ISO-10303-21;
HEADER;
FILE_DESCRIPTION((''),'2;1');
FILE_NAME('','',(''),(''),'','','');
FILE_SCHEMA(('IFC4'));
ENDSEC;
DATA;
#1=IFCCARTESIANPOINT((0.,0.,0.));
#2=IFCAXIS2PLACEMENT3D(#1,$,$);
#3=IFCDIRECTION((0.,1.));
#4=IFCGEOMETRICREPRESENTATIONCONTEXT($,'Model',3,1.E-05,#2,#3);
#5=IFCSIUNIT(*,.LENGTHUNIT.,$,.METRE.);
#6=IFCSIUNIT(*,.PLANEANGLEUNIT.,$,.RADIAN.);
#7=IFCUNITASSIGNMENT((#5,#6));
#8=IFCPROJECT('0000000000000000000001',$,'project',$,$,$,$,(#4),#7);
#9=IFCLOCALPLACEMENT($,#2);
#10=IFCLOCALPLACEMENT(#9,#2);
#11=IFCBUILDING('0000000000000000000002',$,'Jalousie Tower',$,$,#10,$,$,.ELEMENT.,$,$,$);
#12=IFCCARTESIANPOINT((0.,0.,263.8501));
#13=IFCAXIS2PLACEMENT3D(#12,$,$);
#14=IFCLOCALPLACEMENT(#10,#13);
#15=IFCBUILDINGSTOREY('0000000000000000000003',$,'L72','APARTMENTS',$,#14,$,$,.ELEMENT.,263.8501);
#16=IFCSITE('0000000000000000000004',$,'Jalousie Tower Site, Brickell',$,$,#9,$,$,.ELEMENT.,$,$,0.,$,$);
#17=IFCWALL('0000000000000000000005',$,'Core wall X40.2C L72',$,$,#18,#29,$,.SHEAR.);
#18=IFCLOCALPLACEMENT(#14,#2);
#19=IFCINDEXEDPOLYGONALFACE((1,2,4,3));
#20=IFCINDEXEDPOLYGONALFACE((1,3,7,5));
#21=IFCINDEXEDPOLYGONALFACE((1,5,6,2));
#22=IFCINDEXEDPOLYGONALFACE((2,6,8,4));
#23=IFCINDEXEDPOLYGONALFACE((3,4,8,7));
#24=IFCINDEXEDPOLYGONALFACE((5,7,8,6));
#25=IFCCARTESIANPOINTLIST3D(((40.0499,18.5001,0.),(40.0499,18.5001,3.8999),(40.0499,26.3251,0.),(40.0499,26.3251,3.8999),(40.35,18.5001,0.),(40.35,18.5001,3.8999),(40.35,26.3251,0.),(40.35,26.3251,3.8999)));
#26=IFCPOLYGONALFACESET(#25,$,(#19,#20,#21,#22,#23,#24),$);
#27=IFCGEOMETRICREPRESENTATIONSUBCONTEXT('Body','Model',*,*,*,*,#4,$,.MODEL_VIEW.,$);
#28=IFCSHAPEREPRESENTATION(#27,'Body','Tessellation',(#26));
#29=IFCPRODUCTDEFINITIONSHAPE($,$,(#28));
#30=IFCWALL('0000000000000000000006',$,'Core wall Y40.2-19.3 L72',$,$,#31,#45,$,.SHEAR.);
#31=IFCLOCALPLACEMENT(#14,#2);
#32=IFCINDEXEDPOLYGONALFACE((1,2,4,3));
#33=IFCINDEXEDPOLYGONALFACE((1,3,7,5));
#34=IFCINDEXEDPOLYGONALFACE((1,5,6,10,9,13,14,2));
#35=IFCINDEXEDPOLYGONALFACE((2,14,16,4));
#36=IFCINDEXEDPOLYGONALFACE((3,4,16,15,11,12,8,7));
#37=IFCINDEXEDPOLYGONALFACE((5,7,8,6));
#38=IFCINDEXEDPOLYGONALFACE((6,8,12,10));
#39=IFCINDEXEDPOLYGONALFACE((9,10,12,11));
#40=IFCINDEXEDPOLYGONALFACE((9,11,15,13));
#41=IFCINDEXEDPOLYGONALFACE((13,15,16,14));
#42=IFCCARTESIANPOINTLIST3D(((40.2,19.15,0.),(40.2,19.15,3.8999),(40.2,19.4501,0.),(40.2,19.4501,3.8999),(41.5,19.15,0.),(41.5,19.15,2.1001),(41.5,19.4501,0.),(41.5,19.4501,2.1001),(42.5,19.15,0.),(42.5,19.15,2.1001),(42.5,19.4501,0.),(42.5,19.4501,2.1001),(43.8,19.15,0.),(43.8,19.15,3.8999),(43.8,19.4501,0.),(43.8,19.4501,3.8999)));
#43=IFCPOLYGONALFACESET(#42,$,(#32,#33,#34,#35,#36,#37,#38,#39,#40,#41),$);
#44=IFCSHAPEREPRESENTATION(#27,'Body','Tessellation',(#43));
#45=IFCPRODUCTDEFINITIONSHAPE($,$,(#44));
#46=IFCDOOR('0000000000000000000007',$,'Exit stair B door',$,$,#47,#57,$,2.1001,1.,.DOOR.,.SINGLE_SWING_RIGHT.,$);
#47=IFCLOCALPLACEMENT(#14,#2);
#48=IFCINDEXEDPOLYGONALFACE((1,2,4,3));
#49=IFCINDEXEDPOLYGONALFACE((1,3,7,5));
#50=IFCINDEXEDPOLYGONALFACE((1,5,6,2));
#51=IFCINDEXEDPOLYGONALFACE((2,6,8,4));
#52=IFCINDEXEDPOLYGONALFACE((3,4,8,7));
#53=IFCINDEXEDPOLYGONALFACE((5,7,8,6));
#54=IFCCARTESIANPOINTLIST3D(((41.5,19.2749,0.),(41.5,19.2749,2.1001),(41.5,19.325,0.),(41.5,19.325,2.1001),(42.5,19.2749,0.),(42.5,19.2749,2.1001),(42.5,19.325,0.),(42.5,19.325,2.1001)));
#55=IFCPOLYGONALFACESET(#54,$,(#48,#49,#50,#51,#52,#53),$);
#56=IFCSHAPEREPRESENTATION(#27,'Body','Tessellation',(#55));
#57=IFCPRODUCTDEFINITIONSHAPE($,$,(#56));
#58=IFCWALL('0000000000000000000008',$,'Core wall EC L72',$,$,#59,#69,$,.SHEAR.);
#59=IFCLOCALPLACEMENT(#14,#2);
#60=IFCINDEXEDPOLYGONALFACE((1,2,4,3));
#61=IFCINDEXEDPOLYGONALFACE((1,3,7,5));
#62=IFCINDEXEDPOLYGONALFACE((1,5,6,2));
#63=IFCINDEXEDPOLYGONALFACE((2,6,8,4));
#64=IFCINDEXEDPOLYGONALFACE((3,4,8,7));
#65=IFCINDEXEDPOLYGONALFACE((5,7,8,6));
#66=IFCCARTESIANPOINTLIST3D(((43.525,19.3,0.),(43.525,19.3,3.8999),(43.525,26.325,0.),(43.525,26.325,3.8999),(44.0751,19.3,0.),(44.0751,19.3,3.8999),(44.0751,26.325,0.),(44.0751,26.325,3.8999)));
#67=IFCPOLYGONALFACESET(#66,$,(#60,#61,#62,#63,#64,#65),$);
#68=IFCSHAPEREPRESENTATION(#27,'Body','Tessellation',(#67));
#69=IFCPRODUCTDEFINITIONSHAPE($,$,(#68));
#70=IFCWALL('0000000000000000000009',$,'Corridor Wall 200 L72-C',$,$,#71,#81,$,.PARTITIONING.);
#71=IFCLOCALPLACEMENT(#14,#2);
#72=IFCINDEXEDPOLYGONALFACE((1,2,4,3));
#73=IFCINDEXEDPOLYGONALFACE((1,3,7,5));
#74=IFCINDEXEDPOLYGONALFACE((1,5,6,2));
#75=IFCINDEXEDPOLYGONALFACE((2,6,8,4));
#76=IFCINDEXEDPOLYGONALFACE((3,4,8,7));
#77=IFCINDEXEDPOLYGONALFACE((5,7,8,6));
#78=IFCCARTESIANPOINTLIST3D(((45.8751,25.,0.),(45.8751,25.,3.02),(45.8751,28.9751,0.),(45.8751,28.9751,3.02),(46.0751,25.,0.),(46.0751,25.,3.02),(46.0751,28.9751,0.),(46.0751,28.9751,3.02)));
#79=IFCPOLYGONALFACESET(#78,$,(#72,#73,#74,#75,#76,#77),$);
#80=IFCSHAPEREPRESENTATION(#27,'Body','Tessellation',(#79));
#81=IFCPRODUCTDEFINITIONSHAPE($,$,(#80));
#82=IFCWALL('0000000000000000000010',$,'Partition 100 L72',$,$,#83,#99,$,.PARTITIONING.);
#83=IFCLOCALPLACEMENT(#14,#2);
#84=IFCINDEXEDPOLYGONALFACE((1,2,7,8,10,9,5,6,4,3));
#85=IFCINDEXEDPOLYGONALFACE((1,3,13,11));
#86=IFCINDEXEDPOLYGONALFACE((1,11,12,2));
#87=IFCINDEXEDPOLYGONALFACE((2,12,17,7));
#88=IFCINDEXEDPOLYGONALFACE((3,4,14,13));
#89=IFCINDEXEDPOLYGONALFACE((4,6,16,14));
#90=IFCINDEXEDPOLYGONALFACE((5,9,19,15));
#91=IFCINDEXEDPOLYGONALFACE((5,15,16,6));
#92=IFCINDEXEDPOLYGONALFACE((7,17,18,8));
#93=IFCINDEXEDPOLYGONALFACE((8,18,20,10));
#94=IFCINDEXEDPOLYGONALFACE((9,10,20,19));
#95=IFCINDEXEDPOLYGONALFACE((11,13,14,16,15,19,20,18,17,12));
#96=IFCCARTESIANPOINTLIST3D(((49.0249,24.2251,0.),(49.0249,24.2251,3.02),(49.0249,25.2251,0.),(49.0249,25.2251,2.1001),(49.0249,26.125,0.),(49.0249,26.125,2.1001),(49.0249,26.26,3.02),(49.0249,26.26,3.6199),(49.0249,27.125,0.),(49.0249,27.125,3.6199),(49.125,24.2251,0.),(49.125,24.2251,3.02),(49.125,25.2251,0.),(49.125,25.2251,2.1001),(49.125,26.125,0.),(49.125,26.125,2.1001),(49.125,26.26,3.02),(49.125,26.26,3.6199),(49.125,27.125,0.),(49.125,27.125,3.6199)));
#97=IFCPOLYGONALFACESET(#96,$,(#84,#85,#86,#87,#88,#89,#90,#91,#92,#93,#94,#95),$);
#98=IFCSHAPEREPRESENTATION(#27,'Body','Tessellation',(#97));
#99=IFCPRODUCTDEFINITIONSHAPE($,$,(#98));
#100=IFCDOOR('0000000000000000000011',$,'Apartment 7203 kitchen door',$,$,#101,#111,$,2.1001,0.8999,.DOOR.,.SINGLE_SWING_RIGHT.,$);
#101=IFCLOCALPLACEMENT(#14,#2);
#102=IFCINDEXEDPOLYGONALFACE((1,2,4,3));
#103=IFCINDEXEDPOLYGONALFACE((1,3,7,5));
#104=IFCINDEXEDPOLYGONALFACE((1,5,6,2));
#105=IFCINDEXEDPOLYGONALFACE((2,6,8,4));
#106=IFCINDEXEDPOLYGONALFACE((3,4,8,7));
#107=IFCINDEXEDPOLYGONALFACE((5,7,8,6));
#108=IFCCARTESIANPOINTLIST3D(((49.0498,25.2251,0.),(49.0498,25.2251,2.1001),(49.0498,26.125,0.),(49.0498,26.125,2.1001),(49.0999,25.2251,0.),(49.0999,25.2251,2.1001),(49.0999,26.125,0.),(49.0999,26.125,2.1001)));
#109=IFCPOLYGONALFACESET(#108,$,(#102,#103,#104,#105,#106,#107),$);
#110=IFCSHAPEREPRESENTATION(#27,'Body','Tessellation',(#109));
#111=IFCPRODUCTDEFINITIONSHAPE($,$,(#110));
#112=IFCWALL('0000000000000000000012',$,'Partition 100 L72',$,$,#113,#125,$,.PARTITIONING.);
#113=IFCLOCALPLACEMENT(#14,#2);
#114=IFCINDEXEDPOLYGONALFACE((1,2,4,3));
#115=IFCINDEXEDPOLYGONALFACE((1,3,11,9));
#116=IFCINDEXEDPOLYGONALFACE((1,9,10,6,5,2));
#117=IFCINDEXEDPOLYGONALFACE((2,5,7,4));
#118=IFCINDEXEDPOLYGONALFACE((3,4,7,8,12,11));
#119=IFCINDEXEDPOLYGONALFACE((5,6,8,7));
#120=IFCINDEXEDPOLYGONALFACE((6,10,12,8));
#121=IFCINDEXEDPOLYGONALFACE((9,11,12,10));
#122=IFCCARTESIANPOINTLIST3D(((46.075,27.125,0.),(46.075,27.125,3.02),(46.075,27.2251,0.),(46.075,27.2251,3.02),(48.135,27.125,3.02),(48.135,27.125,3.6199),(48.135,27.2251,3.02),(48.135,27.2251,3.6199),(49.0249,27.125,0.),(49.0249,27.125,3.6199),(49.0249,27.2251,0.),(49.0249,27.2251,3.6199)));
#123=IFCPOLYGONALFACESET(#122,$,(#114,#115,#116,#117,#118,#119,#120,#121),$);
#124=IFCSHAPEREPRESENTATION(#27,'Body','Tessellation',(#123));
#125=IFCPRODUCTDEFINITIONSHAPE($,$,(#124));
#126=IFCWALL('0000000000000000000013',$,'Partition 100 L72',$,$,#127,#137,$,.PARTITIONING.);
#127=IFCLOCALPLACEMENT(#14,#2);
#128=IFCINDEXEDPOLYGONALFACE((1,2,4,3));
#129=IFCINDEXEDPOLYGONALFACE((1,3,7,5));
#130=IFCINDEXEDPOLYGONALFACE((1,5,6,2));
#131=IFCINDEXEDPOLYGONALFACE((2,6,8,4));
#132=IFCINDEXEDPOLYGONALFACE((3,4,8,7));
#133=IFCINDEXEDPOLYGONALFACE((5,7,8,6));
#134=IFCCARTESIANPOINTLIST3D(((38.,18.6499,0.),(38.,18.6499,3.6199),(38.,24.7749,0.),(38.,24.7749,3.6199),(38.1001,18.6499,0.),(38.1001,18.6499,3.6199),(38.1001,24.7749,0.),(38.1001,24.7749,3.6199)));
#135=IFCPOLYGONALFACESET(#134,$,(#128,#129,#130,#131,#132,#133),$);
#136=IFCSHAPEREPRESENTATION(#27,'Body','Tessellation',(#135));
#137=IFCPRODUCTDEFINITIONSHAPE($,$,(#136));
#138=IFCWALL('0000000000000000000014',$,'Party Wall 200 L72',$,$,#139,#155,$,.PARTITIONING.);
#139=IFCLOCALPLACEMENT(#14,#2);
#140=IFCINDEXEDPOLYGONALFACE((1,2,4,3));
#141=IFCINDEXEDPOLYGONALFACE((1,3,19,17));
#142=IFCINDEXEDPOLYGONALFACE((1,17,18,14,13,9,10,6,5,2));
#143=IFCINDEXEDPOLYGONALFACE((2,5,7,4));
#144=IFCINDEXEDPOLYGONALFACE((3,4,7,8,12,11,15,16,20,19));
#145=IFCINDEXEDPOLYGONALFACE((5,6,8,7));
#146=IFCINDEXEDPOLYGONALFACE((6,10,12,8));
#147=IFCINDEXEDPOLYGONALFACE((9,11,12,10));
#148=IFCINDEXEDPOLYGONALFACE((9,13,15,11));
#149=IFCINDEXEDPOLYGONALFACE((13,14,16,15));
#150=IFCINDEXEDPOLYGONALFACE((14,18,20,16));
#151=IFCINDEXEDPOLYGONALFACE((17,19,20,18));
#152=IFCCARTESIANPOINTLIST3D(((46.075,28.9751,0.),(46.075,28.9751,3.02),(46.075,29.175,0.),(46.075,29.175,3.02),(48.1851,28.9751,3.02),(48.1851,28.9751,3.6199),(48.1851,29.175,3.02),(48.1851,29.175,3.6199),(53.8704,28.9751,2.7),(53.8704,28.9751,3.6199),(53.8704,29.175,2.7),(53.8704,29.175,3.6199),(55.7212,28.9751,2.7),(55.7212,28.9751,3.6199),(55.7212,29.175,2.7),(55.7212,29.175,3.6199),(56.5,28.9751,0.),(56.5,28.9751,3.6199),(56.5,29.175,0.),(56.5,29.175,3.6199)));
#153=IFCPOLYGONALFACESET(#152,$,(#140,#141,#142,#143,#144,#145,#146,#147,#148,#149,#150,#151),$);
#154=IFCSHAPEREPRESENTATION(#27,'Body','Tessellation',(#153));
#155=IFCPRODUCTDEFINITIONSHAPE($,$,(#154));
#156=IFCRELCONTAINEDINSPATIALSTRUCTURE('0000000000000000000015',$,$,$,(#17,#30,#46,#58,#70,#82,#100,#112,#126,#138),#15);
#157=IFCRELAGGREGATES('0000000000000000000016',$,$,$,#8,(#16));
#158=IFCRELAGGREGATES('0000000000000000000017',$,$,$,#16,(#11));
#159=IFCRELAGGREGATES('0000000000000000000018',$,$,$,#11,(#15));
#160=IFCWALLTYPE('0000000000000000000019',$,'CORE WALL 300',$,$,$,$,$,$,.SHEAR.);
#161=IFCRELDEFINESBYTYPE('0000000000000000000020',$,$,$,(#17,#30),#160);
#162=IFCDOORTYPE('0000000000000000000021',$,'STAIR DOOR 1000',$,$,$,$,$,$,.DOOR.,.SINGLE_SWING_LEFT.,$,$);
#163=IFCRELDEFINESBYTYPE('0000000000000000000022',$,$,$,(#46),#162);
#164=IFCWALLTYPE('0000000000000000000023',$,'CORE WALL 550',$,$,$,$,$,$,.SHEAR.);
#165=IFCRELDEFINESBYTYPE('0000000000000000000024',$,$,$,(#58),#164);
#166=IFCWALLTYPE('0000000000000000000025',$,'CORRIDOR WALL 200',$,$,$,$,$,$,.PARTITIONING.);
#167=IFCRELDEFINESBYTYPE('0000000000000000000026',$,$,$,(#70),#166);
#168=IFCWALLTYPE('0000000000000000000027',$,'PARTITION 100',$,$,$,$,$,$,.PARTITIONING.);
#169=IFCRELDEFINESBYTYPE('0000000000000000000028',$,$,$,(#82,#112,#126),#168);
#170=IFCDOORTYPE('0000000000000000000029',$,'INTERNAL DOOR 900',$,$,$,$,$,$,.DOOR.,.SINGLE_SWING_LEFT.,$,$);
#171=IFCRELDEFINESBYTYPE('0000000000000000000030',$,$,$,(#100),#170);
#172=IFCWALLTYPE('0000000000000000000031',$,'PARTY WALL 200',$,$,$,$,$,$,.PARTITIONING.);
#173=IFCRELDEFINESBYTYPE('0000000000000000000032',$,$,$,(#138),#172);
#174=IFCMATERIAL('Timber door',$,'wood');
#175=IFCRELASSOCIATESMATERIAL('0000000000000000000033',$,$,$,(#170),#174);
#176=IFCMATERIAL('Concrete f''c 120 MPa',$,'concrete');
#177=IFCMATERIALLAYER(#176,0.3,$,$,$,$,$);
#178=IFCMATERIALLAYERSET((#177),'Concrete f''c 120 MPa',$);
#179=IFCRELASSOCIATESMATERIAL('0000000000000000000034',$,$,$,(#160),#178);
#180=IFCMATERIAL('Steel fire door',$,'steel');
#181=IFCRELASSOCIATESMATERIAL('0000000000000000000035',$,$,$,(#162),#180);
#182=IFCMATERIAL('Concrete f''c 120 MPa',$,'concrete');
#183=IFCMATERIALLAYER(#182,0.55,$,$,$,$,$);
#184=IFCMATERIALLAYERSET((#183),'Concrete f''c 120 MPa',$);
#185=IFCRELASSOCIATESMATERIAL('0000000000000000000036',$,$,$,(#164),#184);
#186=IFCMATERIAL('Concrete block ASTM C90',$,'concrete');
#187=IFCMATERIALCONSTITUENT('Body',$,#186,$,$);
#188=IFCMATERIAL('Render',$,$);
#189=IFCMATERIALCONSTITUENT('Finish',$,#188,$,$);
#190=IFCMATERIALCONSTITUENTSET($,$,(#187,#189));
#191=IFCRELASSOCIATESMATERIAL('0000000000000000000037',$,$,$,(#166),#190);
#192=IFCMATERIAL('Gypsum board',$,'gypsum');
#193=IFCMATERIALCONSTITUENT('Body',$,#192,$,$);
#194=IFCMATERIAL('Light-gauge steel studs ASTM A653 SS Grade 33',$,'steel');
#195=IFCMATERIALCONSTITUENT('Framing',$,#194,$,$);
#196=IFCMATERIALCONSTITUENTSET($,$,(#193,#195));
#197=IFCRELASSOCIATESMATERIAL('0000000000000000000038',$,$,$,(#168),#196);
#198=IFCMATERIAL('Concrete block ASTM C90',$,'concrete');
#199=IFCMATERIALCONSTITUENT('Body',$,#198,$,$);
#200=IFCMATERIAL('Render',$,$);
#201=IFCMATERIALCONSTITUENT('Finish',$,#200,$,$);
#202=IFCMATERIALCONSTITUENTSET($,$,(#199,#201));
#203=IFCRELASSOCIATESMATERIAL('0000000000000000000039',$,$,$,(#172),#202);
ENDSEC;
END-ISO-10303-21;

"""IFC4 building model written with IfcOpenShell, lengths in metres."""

from ifc_helpers import new_model, si_unit, direction, frame, frame_2d, origin, place, context, subcontext, project, spatial, polyline, rectangle, outline, extrude, material, layer, layer_set, constituent, constituent_set, type_object, element, fill, save


model = new_model("IFC4")

# Units and contexts
model_context = context("Model", 3, precision=1e-05, world=origin(), true_north=direction((0.0, 1.0)))
body_context = subcontext(model_context, "Body", "Model", "MODEL_VIEW")
ifc_project = project(units=[si_unit("LENGTHUNIT", "METRE"), si_unit("PLANEANGLEUNIT", "RADIAN")], contexts=[model_context])

# Site, building, storey
site_placement = place(None, origin())
site = spatial("IfcSite", under=ifc_project, at=site_placement, Name="Jalousie Tower Site, Brickell", CompositionType="ELEMENT", RefElevation=0.0)
building_placement = place(site_placement, origin())
building = spatial("IfcBuilding", under=site, at=building_placement, Name="Jalousie Tower", CompositionType="ELEMENT")
storey_placement = place(building_placement, frame((0.0, 0.0, 263.8501)))
storey = spatial("IfcBuildingStorey", under=building, at=storey_placement, Name="L72", Description="APARTMENTS", CompositionType="ELEMENT", Elevation=263.8501)

# Shared definitions
ifc_material_1 = material(Name="Timber door", Category="wood")
door_type_1 = type_object("IfcDoorType", Name="INTERNAL DOOR 900", OperationType="SINGLE_SWING_LEFT", PredefinedType="DOOR", material=ifc_material_1)

# Wall
ifc_material_2 = material(Name="Concrete f'c 120 MPa", Category="concrete")
ifc_layer_1 = layer(ifc_material_2, 0.3)
ifc_layer_set_1 = layer_set([ifc_layer_1], Name="Concrete f'c 120 MPa")
wall_type_1 = type_object("IfcWallType", Name="CORE WALL 300", PredefinedType="SHEAR", material=ifc_layer_set_1)
wall_1_placement = place(storey_placement, frame((40.2, 18.5, 0.0), z_axis=(0.0, 0.0, 1.0), x_axis=(0.0, 1.0, 0.0)))
element("IfcWall", 1, at=wall_1_placement, inside=storey, type_object=wall_type_1, Name="Core wall X40.2C L72", PredefinedType="SHEAR", context=body_context, shape_type="SweptSolid", body=[
    extrude(rectangle(XDim=7.825, YDim=0.3, at=frame_2d((3.9126, 0.0))), origin(), (0.0, 0.0, 1.0), 3.8999),
])

# Wall, opening, door
wall_2_placement = place(storey_placement, frame((40.2, 19.3, 0.0), z_axis=(0.0, 0.0, 1.0), x_axis=(1.0, 0.0, 0.0)))
wall_2 = element("IfcWall", 2, at=wall_2_placement, inside=storey, type_object=wall_type_1, Name="Core wall Y40.2-19.3 L72", PredefinedType="SHEAR", context=body_context, shape_type="SweptSolid", body=[
    extrude(rectangle(XDim=3.6001, YDim=0.3, at=frame_2d((1.8, 0.0))), origin(), (0.0, 0.0, 1.0), 3.8999),
])
opening_1_placement = place(wall_2_placement, frame((1.3, 0.0, 0.0)))
opening_1 = element("IfcOpeningElement", 3, at=opening_1_placement, cuts=wall_2, PredefinedType="OPENING", context=body_context, shape_type="SweptSolid", body=[
    extrude(rectangle(XDim=1.0, YDim=2.1001, at=frame_2d((0.5, 1.05))), frame((0.0, 0.1599, 0.0), z_axis=(0.0, -1.0, 0.0), x_axis=(1.0, 0.0, 0.0)), (0.0, 0.0, 1.0), 0.3201),
])
ifc_material_3 = material(Name="Steel fire door", Category="steel")
door_type_2 = type_object("IfcDoorType", Name="STAIR DOOR 1000", OperationType="SINGLE_SWING_LEFT", PredefinedType="DOOR", material=ifc_material_3)
door_1_placement = place(opening_1_placement, origin())
door_1 = element("IfcDoor", 4, at=door_1_placement, inside=storey, type_object=door_type_2, Name="Exit stair B door", OperationType="SINGLE_SWING_RIGHT", OverallHeight=2.1001, OverallWidth=1.0, PredefinedType="DOOR", context=body_context, shape_type="SweptSolid", body=[
    extrude(rectangle(XDim=1.0, YDim=2.1001, at=frame_2d((0.5, 1.05))), frame((0.0, 0.0249, 0.0), z_axis=(0.0, -1.0, 0.0), x_axis=(1.0, 0.0, 0.0)), (0.0, 0.0, 1.0), 0.05),
])
fill(opening_1, door_1)

# Walls
ifc_material_4 = material(Name="Concrete f'c 120 MPa", Category="concrete")
ifc_layer_2 = layer(ifc_material_4, 0.55)
ifc_layer_set_2 = layer_set([ifc_layer_2], Name="Concrete f'c 120 MPa")
wall_type_2 = type_object("IfcWallType", Name="CORE WALL 550", PredefinedType="SHEAR", material=ifc_layer_set_2)
wall_3_placement = place(storey_placement, frame((43.8, 19.3, 0.0), z_axis=(0.0, 0.0, 1.0), x_axis=(0.0, 1.0, 0.0)))
element("IfcWall", 5, at=wall_3_placement, inside=storey, type_object=wall_type_2, Name="Core wall EC L72", PredefinedType="SHEAR", context=body_context, shape_type="SweptSolid", body=[
    extrude(rectangle(XDim=7.0249, YDim=0.55, at=frame_2d((3.5125, 0.0))), origin(), (0.0, 0.0, 1.0), 3.8999),
])
ifc_material_5 = material(Name="Concrete block ASTM C90", Category="concrete")
ifc_constituent_1 = constituent(ifc_material_5, Name="Body")
ifc_material_6 = material(Name="Render")
ifc_constituent_2 = constituent(ifc_material_6, Name="Finish")
ifc_constituent_set_1 = constituent_set(constituents=[ifc_constituent_1, ifc_constituent_2])
wall_type_3 = type_object("IfcWallType", Name="CORRIDOR WALL 200", PredefinedType="PARTITIONING", material=ifc_constituent_set_1)
wall_4_placement = place(storey_placement, frame((45.9751, 25.0, 0.0), z_axis=(0.0, 0.0, 1.0), x_axis=(0.0, 1.0, 0.0)))
element("IfcWall", 6, at=wall_4_placement, inside=storey, type_object=wall_type_3, Name="Corridor Wall 200 L72-C", PredefinedType="PARTITIONING", context=body_context, shape_type="SweptSolid", body=[
    extrude(rectangle(XDim=3.9751, YDim=0.2, at=frame_2d((1.9875, 0.0))), origin(), (0.0, 0.0, 1.0), 3.02),
])

# Wall, opening, door
ifc_material_7 = material(Name="Gypsum board", Category="gypsum")
ifc_constituent_3 = constituent(ifc_material_7, Name="Body")
ifc_material_8 = material(Name="Light-gauge steel studs ASTM A653 SS Grade 33", Category="steel")
ifc_constituent_4 = constituent(ifc_material_8, Name="Framing")
ifc_constituent_set_2 = constituent_set(constituents=[ifc_constituent_3, ifc_constituent_4])
wall_type_4 = type_object("IfcWallType", Name="PARTITION 100", PredefinedType="PARTITIONING", material=ifc_constituent_set_2)
wall_5_placement = place(storey_placement, frame((49.075, 24.2251, 0.0), z_axis=(0.0, 0.0, 1.0), x_axis=(0.0, 1.0, 0.0)))
wall_5 = element("IfcWall", 7, at=wall_5_placement, inside=storey, type_object=wall_type_4, Name="Partition 100 L72", PredefinedType="PARTITIONING", context=body_context, shape_type="SweptSolid", body=[
    extrude(outline(polyline([(0.0, 0.0), (2.8999, 0.0), (2.8999, 3.6199), (2.0349, 3.6199), (2.0349, 3.02), (0.0, 3.02), (0.0, 3.6199), (0.0, 0.0)])), frame((0.0, 0.05, 0.0), z_axis=(0.0, -1.0, 0.0), x_axis=(1.0, 0.0, 0.0)), (0.0, 0.0, 1.0), 0.1001),
])
opening_2_placement = place(wall_5_placement, frame((1.0, 0.0, 0.0)))
opening_2 = element("IfcOpeningElement", 8, at=opening_2_placement, cuts=wall_5, PredefinedType="OPENING", context=body_context, shape_type="SweptSolid", body=[
    extrude(rectangle(XDim=0.8999, YDim=2.1001, at=frame_2d((0.45, 1.05))), frame((0.0, 0.0601, 0.0), z_axis=(0.0, -1.0, 0.0), x_axis=(1.0, 0.0, 0.0)), (0.0, 0.0, 1.0), 0.1201),
])
door_2_placement = place(opening_2_placement, frame((0.8999, 0.0, 0.0), z_axis=(0.0, 0.0, 1.0), x_axis=(-1.0, 0.0, 0.0)))
door_2 = element("IfcDoor", 9, at=door_2_placement, inside=storey, type_object=door_type_1, Name="Apartment 7203 kitchen door", OperationType="SINGLE_SWING_RIGHT", OverallHeight=2.1001, OverallWidth=0.8999, PredefinedType="DOOR", context=body_context, shape_type="SweptSolid", body=[
    extrude(rectangle(XDim=0.8999, YDim=2.1001, at=frame_2d((0.45, 1.05))), frame((0.0, 0.0249, 0.0), z_axis=(0.0, -1.0, 0.0), x_axis=(1.0, 0.0, 0.0)), (0.0, 0.0, 1.0), 0.05),
])
fill(opening_2, door_2)

# Walls
wall_6_placement = place(storey_placement, frame((49.0249, 27.175, 0.0), z_axis=(0.0, 0.0, 1.0), x_axis=(-1.0, 0.0, 0.0)))
element("IfcWall", 10, at=wall_6_placement, inside=storey, type_object=wall_type_4, Name="Partition 100 L72", PredefinedType="PARTITIONING", context=body_context, shape_type="SweptSolid", body=[
    extrude(outline(polyline([(0.0, 0.0), (2.95, 0.0), (2.95, 3.6199), (2.95, 3.02), (0.8899, 3.02), (0.8899, 3.6199), (0.0, 3.6199), (0.0, 0.0)])), frame((0.0, 0.05, 0.0), z_axis=(0.0, -1.0, 0.0), x_axis=(1.0, 0.0, 0.0)), (0.0, 0.0, 1.0), 0.1001),
])
wall_7_placement = place(storey_placement, frame((38.05, 18.6499, 0.0), z_axis=(0.0, 0.0, 1.0), x_axis=(0.0, 1.0, 0.0)))
element("IfcWall", 11, at=wall_7_placement, inside=storey, type_object=wall_type_4, Name="Partition 100 L72", PredefinedType="PARTITIONING", context=body_context, shape_type="SweptSolid", body=[
    extrude(rectangle(XDim=6.125, YDim=0.1001, at=frame_2d((3.0625, 0.0))), origin(), (0.0, 0.0, 1.0), 3.6199),
])
ifc_material_9 = material(Name="Concrete block ASTM C90", Category="concrete")
ifc_constituent_5 = constituent(ifc_material_9, Name="Body")
ifc_material_10 = material(Name="Render")
ifc_constituent_6 = constituent(ifc_material_10, Name="Finish")
ifc_constituent_set_3 = constituent_set(constituents=[ifc_constituent_5, ifc_constituent_6])
wall_type_5 = type_object("IfcWallType", Name="PARTY WALL 200", PredefinedType="PARTITIONING", material=ifc_constituent_set_3)
wall_8_placement = place(storey_placement, frame((46.075, 29.075, 0.0), z_axis=(0.0, 0.0, 1.0), x_axis=(1.0, 0.0, 0.0)))
element("IfcWall", 12, at=wall_8_placement, inside=storey, type_object=wall_type_5, Name="Party Wall 200 L72", PredefinedType="PARTITIONING", context=body_context, shape_type="SweptSolid", body=[
    extrude(outline(polyline([(0.0, 0.0), (10.425, 0.0), (10.425, 3.6199), (9.6462, 3.6199), (9.6462, 2.7), (7.7954, 2.7), (7.7954, 3.6199), (2.1101, 3.6199), (2.1101, 3.02), (0.0, 3.02), (0.0, 3.6199), (0.0, 0.0)])), frame((0.0, 0.1001, 0.0), z_axis=(0.0, -1.0, 0.0), x_axis=(1.0, 0.0, 0.0)), (0.0, 0.0, 1.0), 0.2),
])

save(model, "model.ifc")
